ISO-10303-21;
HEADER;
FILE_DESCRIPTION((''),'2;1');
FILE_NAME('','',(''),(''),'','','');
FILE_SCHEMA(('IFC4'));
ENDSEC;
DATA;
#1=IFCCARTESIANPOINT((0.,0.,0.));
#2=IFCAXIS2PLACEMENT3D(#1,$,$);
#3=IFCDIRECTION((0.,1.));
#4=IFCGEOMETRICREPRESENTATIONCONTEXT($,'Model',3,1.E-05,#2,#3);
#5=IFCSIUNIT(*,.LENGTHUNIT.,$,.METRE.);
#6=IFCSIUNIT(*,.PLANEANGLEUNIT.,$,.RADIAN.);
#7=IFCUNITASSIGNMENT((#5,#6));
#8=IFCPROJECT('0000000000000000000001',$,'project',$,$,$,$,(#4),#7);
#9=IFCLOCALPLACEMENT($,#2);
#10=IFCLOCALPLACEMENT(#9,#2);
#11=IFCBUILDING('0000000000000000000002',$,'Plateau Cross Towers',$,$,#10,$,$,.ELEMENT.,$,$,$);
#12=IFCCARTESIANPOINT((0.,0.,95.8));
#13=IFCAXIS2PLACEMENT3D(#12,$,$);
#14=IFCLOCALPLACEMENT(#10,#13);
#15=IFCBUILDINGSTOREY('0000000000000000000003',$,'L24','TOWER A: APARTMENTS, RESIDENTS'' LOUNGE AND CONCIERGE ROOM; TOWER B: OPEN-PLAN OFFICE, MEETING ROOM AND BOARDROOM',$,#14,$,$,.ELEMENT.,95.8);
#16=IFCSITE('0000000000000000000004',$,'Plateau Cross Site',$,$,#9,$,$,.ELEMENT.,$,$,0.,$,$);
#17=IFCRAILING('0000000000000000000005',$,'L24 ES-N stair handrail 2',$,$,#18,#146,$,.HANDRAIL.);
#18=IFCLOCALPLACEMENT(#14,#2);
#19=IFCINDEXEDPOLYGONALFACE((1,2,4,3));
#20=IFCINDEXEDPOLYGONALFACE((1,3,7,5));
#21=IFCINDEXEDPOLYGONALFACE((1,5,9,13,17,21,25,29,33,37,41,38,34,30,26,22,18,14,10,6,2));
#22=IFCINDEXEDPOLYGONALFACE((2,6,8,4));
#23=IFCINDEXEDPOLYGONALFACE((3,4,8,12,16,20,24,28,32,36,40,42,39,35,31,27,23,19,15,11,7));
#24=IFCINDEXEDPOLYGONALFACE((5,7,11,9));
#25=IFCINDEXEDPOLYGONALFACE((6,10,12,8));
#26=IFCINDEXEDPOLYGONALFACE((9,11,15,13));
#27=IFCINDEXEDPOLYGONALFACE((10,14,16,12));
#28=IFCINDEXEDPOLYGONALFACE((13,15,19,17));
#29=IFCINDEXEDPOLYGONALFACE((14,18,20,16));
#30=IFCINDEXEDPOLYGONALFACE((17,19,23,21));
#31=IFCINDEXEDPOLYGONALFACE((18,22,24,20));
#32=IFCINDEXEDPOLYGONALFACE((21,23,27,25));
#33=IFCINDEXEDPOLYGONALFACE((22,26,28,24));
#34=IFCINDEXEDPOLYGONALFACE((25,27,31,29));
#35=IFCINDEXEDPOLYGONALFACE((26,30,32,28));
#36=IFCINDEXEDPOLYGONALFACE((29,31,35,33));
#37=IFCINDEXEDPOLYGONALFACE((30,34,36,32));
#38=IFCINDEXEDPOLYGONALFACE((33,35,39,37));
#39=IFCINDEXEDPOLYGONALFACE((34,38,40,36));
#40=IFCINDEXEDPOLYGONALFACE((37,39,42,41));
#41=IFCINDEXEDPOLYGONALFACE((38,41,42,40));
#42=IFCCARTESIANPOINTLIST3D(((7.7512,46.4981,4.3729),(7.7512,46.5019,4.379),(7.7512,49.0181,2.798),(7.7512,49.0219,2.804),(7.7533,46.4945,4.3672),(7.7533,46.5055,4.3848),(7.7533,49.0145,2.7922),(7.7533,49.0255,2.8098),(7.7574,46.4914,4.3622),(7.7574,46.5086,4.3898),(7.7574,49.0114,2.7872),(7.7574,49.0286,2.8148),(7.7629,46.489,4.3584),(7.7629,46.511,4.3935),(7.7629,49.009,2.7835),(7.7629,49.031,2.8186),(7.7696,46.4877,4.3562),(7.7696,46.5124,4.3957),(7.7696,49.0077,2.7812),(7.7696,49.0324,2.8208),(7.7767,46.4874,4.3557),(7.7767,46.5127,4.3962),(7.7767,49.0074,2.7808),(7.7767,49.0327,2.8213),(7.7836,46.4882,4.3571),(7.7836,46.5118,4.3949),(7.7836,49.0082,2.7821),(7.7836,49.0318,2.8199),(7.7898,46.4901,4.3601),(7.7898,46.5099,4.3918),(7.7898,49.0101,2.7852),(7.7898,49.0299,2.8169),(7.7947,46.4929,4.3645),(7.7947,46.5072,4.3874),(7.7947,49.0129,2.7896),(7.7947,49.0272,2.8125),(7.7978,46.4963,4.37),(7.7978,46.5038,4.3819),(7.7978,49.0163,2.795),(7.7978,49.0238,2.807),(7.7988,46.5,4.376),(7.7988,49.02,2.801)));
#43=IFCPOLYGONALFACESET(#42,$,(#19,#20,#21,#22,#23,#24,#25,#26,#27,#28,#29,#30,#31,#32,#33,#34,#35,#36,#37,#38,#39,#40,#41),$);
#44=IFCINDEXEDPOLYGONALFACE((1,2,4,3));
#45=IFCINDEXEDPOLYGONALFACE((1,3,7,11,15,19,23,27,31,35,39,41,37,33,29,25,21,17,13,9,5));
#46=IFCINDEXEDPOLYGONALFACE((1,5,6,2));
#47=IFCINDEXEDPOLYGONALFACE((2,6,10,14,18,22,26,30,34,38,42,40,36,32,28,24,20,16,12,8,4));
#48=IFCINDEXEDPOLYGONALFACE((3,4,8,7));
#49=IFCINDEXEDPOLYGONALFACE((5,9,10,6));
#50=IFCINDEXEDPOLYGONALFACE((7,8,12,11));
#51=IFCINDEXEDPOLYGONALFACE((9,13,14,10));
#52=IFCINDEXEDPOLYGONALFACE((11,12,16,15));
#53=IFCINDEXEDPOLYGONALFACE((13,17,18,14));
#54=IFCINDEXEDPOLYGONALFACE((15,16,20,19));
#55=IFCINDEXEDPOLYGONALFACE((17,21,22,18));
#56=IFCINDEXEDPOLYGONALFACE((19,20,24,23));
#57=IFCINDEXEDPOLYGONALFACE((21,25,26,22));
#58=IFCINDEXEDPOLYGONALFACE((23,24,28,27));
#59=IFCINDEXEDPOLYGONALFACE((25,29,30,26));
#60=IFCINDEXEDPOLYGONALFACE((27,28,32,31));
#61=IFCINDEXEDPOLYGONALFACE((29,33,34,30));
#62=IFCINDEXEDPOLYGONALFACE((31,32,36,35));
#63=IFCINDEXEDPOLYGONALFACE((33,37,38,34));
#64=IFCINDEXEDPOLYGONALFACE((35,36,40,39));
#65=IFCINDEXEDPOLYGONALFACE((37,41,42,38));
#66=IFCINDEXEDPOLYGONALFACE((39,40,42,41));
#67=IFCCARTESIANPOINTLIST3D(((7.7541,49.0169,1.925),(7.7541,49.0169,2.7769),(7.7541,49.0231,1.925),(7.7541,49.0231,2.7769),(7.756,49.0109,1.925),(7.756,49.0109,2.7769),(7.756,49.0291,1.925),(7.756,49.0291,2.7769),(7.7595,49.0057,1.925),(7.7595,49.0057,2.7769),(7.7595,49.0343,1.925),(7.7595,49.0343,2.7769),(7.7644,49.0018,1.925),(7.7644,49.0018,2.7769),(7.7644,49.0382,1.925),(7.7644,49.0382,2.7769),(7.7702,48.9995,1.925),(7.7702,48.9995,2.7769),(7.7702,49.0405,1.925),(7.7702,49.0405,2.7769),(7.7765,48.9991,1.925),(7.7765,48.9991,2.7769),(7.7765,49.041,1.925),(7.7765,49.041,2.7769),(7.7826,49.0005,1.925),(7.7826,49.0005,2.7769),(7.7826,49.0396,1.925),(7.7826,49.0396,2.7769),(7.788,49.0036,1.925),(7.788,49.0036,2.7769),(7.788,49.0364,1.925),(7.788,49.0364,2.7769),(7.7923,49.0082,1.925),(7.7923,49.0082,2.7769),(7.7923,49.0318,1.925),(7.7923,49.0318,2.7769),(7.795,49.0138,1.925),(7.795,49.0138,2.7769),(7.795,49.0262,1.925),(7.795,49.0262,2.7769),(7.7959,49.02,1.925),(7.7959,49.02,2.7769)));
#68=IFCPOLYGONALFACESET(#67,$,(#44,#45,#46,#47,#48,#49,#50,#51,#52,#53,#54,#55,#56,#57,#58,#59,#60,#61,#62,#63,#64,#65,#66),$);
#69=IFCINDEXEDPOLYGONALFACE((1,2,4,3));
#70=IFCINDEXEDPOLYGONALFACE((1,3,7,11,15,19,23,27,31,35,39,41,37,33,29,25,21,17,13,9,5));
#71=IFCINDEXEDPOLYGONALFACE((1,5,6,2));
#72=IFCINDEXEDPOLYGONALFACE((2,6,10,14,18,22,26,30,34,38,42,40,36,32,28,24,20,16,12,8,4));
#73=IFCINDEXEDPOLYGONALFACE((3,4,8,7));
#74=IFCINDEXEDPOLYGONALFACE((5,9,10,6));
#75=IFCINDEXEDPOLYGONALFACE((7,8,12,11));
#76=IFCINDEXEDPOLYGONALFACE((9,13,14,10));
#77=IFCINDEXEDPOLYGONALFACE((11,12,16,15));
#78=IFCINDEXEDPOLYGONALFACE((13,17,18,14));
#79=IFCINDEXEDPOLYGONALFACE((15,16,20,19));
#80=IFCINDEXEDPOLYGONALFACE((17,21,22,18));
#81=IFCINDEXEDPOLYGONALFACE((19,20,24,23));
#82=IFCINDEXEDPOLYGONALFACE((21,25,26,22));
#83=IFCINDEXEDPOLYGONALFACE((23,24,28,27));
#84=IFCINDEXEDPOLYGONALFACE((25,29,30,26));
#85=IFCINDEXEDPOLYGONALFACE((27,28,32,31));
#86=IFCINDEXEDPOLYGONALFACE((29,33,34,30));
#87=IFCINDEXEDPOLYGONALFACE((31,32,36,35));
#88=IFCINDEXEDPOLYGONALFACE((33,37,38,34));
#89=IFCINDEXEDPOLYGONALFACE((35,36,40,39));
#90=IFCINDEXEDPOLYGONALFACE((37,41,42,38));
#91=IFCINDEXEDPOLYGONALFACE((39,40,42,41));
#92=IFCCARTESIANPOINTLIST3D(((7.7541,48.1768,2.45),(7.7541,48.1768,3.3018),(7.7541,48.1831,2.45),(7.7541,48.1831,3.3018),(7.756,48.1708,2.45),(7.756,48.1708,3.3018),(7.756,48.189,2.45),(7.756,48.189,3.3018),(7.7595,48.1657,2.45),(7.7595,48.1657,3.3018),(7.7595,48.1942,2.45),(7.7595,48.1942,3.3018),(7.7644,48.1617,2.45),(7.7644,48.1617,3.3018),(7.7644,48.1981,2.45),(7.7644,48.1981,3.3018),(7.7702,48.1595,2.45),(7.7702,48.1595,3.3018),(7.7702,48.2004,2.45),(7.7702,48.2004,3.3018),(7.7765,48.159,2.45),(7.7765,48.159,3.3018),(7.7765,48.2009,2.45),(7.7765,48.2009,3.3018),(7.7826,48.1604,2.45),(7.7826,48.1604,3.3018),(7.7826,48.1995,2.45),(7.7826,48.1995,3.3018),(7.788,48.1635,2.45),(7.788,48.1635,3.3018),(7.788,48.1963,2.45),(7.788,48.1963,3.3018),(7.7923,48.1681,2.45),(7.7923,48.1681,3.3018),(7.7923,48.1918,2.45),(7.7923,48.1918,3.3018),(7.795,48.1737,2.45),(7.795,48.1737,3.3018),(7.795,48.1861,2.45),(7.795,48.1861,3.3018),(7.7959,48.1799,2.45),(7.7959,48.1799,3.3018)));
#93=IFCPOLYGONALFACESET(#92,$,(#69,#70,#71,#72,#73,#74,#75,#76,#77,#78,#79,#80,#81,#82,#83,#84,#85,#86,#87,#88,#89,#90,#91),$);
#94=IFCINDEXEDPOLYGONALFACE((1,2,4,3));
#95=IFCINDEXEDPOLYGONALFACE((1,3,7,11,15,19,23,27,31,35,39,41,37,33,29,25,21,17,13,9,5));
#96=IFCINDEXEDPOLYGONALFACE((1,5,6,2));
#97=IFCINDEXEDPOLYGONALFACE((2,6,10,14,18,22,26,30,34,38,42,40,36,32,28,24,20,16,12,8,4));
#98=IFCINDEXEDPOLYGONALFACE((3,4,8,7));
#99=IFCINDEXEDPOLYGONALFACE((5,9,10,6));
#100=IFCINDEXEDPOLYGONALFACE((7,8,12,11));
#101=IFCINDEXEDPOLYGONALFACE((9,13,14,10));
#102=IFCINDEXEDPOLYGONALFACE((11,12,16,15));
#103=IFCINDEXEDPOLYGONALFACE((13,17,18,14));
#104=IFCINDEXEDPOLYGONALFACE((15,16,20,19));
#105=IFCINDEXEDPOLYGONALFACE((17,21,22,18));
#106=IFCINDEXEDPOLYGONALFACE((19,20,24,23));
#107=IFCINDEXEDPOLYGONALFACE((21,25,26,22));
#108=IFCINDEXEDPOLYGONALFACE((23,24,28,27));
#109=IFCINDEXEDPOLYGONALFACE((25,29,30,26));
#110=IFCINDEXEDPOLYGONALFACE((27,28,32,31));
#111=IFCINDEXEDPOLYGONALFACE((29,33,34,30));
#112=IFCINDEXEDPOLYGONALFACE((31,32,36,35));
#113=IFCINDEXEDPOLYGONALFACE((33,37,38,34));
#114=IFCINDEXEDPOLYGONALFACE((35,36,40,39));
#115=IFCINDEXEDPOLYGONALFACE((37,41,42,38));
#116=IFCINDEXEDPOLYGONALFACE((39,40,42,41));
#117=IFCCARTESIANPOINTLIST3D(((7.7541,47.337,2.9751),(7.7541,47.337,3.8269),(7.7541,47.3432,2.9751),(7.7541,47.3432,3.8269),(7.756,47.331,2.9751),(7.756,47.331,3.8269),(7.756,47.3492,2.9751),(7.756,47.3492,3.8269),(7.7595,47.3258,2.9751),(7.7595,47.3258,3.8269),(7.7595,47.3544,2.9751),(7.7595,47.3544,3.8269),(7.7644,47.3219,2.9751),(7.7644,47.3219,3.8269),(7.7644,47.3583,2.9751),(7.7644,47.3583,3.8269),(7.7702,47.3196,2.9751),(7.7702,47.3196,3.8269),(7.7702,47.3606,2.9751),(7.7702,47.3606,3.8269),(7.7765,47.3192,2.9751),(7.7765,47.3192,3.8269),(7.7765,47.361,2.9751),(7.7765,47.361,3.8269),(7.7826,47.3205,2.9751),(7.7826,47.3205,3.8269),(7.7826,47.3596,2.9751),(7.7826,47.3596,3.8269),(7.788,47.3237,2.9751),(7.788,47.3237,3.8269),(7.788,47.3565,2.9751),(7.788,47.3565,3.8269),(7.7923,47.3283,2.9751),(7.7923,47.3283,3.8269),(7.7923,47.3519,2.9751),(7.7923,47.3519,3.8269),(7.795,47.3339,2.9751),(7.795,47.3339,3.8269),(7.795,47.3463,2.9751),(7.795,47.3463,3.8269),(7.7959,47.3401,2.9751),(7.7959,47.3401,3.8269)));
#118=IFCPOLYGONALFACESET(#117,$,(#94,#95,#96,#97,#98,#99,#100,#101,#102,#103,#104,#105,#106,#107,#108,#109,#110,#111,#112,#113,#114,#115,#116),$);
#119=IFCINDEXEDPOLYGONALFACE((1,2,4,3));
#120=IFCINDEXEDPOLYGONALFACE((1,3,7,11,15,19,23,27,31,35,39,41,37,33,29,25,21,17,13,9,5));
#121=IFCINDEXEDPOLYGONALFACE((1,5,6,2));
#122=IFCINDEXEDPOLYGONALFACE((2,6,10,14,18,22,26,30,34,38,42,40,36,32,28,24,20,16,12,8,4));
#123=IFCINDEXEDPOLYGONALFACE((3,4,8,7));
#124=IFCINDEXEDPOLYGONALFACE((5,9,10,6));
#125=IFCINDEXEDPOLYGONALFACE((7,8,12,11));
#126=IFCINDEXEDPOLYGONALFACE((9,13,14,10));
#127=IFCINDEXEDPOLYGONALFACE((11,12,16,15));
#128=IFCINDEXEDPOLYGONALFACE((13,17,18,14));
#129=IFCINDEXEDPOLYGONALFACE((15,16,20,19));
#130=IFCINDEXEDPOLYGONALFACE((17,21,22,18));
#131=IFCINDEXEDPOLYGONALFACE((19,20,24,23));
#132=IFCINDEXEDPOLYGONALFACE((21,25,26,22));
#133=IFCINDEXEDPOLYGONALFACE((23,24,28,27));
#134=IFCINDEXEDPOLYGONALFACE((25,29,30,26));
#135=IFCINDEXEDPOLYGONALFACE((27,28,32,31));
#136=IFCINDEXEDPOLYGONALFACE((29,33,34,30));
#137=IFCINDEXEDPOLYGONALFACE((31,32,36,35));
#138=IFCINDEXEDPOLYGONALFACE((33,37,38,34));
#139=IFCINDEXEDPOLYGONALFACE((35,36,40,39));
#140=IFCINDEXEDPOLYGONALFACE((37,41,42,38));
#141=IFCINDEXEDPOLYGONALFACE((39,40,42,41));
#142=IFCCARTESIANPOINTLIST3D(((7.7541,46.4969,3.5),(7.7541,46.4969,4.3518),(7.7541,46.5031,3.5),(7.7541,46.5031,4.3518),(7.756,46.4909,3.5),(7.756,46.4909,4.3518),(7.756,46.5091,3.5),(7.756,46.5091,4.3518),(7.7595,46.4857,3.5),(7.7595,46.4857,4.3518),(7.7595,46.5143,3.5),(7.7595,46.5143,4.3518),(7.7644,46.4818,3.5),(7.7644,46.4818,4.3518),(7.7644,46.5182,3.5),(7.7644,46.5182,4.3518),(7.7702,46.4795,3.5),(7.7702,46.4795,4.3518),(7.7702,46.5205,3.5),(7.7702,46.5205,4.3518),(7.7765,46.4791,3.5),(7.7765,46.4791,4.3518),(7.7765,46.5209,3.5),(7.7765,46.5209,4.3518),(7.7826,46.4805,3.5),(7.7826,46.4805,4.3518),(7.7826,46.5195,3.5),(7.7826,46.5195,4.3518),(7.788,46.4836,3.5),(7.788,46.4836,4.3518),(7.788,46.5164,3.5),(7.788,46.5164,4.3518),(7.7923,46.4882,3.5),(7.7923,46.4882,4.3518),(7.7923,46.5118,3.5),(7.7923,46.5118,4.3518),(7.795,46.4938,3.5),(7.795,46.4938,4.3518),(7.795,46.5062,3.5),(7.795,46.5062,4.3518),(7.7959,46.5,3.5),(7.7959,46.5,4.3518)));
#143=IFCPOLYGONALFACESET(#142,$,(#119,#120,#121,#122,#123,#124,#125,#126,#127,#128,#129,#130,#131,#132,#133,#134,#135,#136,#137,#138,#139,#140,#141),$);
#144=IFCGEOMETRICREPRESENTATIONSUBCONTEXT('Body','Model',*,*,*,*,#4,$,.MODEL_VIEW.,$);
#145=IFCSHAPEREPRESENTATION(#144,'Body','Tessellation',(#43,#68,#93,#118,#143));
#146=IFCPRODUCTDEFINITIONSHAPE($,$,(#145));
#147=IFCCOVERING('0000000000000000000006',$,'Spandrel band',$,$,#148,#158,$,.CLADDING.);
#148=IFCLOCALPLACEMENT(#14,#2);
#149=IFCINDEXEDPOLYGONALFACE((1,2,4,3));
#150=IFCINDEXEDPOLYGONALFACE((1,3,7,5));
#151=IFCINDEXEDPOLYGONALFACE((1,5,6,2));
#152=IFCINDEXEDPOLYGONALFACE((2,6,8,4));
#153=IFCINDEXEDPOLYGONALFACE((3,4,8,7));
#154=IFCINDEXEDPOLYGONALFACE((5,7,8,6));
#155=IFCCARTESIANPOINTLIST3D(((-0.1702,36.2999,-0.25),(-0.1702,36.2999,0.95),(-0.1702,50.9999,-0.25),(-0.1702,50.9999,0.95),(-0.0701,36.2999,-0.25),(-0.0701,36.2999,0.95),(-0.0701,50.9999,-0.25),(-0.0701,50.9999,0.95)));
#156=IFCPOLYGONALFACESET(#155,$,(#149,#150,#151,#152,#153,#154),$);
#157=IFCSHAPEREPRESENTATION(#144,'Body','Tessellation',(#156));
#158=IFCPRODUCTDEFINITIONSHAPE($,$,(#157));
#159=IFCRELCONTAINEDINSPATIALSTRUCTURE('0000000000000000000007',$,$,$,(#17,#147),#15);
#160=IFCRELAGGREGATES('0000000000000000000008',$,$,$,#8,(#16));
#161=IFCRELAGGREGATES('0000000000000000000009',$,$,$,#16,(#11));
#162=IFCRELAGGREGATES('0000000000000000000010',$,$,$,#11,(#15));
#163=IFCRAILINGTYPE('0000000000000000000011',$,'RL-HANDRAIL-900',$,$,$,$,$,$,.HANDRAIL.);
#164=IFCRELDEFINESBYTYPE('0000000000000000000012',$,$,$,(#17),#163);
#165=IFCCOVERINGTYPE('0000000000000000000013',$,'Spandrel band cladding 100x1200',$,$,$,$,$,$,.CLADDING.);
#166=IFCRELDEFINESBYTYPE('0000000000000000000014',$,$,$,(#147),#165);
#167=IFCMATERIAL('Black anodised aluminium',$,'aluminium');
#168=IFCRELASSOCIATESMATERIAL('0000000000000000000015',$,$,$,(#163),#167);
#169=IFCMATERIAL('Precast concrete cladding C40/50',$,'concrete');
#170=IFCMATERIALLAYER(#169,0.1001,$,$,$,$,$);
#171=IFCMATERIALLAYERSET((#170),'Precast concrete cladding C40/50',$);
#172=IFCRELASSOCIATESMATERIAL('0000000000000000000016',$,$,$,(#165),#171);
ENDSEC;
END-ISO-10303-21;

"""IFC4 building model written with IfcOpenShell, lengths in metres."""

from ifc_helpers import new_model, si_unit, direction, frame, origin, origin_2d, place, context, subcontext, project, spatial, rectangle, circle, extrude, material, layer, layer_set, type_object, element, save


model = new_model("IFC4")

# Units and contexts
model_context = context("Model", 3, precision=1e-05, world=origin(), true_north=direction((0.0, 1.0)))
body_context = subcontext(model_context, "Body", "Model", "MODEL_VIEW")
ifc_project = project(units=[si_unit("LENGTHUNIT", "METRE"), si_unit("PLANEANGLEUNIT", "RADIAN")], contexts=[model_context])

# Site, building, storey
site_placement = place(None, origin())
site = spatial("IfcSite", under=ifc_project, at=site_placement, Name="Plateau Cross Site", CompositionType="ELEMENT", RefElevation=0.0)
building_placement = place(site_placement, origin())
building = spatial("IfcBuilding", under=site, at=building_placement, Name="Plateau Cross Towers", CompositionType="ELEMENT")
storey_placement = place(building_placement, frame((0.0, 0.0, 95.8)))
storey = spatial("IfcBuildingStorey", under=building, at=storey_placement, Name="L24", Description="TOWER A: APARTMENTS, RESIDENTS' LOUNGE AND CONCIERGE ROOM; TOWER B: OPEN-PLAN OFFICE, MEETING ROOM AND BOARDROOM", CompositionType="ELEMENT", Elevation=95.8)

# Shared definitions
ifc_material_1 = material(Name="Black anodised aluminium", Category="aluminium")

# Railing
railing_type_1 = type_object("IfcRailingType", Name="RL-HANDRAIL-900", PredefinedType="HANDRAIL", material=ifc_material_1)
railing_1_placement = place(storey_placement, frame((7.7749, 49.02, 1.925)))
element("IfcRailing", 1, at=railing_1_placement, inside=storey, type_object=railing_type_1, Name="L24 ES-N stair handrail 2", PredefinedType="HANDRAIL", context=body_context, shape_type="SweptSolid", body=[
    extrude(circle(Radius=0.0239, at=origin_2d()), frame((0.0, 0.0, 0.876), z_axis=(0.0, -0.848008, 0.529984), x_axis=(1.0, 0.0, 0.0)), (0.0, 0.0, 1.0), 2.9717),
    extrude(circle(Radius=0.021, at=origin_2d()), origin(), (0.0, 0.0, 1.0), 0.8518),
    extrude(circle(Radius=0.021, at=origin_2d()), frame((0.0, -0.8401, 0.5249)), (0.0, 0.0, 1.0), 0.8518),
    extrude(circle(Radius=0.021, at=origin_2d()), frame((0.0, -1.6799, 1.05)), (0.0, 0.0, 1.0), 0.8518),
    extrude(circle(Radius=0.021, at=origin_2d()), frame((0.0, -2.52, 1.575)), (0.0, 0.0, 1.0), 0.8518),
])

# Covering
ifc_material_2 = material(Name="Precast concrete cladding C40/50", Category="concrete")
ifc_layer_1 = layer(ifc_material_2, 0.1001)
ifc_layer_set_1 = layer_set([ifc_layer_1], Name="Precast concrete cladding C40/50")
covering_type = type_object("IfcCoveringType", Name="Spandrel band cladding 100x1200", PredefinedType="CLADDING", material=ifc_layer_set_1)
covering_placement = place(storey_placement, frame((-0.1201, 43.6499, -0.25), z_axis=(0.0, 0.0, 1.0), x_axis=(0.0, -1.0, 0.0)))
element("IfcCovering", 2, at=covering_placement, inside=storey, type_object=covering_type, Name="Spandrel band", PredefinedType="CLADDING", context=body_context, shape_type="SweptSolid", body=[
    extrude(rectangle(XDim=14.7, YDim=0.1001, at=origin_2d()), origin(), (0.0, 0.0, 1.0), 1.2),
])

save(model, "model.ifc")
